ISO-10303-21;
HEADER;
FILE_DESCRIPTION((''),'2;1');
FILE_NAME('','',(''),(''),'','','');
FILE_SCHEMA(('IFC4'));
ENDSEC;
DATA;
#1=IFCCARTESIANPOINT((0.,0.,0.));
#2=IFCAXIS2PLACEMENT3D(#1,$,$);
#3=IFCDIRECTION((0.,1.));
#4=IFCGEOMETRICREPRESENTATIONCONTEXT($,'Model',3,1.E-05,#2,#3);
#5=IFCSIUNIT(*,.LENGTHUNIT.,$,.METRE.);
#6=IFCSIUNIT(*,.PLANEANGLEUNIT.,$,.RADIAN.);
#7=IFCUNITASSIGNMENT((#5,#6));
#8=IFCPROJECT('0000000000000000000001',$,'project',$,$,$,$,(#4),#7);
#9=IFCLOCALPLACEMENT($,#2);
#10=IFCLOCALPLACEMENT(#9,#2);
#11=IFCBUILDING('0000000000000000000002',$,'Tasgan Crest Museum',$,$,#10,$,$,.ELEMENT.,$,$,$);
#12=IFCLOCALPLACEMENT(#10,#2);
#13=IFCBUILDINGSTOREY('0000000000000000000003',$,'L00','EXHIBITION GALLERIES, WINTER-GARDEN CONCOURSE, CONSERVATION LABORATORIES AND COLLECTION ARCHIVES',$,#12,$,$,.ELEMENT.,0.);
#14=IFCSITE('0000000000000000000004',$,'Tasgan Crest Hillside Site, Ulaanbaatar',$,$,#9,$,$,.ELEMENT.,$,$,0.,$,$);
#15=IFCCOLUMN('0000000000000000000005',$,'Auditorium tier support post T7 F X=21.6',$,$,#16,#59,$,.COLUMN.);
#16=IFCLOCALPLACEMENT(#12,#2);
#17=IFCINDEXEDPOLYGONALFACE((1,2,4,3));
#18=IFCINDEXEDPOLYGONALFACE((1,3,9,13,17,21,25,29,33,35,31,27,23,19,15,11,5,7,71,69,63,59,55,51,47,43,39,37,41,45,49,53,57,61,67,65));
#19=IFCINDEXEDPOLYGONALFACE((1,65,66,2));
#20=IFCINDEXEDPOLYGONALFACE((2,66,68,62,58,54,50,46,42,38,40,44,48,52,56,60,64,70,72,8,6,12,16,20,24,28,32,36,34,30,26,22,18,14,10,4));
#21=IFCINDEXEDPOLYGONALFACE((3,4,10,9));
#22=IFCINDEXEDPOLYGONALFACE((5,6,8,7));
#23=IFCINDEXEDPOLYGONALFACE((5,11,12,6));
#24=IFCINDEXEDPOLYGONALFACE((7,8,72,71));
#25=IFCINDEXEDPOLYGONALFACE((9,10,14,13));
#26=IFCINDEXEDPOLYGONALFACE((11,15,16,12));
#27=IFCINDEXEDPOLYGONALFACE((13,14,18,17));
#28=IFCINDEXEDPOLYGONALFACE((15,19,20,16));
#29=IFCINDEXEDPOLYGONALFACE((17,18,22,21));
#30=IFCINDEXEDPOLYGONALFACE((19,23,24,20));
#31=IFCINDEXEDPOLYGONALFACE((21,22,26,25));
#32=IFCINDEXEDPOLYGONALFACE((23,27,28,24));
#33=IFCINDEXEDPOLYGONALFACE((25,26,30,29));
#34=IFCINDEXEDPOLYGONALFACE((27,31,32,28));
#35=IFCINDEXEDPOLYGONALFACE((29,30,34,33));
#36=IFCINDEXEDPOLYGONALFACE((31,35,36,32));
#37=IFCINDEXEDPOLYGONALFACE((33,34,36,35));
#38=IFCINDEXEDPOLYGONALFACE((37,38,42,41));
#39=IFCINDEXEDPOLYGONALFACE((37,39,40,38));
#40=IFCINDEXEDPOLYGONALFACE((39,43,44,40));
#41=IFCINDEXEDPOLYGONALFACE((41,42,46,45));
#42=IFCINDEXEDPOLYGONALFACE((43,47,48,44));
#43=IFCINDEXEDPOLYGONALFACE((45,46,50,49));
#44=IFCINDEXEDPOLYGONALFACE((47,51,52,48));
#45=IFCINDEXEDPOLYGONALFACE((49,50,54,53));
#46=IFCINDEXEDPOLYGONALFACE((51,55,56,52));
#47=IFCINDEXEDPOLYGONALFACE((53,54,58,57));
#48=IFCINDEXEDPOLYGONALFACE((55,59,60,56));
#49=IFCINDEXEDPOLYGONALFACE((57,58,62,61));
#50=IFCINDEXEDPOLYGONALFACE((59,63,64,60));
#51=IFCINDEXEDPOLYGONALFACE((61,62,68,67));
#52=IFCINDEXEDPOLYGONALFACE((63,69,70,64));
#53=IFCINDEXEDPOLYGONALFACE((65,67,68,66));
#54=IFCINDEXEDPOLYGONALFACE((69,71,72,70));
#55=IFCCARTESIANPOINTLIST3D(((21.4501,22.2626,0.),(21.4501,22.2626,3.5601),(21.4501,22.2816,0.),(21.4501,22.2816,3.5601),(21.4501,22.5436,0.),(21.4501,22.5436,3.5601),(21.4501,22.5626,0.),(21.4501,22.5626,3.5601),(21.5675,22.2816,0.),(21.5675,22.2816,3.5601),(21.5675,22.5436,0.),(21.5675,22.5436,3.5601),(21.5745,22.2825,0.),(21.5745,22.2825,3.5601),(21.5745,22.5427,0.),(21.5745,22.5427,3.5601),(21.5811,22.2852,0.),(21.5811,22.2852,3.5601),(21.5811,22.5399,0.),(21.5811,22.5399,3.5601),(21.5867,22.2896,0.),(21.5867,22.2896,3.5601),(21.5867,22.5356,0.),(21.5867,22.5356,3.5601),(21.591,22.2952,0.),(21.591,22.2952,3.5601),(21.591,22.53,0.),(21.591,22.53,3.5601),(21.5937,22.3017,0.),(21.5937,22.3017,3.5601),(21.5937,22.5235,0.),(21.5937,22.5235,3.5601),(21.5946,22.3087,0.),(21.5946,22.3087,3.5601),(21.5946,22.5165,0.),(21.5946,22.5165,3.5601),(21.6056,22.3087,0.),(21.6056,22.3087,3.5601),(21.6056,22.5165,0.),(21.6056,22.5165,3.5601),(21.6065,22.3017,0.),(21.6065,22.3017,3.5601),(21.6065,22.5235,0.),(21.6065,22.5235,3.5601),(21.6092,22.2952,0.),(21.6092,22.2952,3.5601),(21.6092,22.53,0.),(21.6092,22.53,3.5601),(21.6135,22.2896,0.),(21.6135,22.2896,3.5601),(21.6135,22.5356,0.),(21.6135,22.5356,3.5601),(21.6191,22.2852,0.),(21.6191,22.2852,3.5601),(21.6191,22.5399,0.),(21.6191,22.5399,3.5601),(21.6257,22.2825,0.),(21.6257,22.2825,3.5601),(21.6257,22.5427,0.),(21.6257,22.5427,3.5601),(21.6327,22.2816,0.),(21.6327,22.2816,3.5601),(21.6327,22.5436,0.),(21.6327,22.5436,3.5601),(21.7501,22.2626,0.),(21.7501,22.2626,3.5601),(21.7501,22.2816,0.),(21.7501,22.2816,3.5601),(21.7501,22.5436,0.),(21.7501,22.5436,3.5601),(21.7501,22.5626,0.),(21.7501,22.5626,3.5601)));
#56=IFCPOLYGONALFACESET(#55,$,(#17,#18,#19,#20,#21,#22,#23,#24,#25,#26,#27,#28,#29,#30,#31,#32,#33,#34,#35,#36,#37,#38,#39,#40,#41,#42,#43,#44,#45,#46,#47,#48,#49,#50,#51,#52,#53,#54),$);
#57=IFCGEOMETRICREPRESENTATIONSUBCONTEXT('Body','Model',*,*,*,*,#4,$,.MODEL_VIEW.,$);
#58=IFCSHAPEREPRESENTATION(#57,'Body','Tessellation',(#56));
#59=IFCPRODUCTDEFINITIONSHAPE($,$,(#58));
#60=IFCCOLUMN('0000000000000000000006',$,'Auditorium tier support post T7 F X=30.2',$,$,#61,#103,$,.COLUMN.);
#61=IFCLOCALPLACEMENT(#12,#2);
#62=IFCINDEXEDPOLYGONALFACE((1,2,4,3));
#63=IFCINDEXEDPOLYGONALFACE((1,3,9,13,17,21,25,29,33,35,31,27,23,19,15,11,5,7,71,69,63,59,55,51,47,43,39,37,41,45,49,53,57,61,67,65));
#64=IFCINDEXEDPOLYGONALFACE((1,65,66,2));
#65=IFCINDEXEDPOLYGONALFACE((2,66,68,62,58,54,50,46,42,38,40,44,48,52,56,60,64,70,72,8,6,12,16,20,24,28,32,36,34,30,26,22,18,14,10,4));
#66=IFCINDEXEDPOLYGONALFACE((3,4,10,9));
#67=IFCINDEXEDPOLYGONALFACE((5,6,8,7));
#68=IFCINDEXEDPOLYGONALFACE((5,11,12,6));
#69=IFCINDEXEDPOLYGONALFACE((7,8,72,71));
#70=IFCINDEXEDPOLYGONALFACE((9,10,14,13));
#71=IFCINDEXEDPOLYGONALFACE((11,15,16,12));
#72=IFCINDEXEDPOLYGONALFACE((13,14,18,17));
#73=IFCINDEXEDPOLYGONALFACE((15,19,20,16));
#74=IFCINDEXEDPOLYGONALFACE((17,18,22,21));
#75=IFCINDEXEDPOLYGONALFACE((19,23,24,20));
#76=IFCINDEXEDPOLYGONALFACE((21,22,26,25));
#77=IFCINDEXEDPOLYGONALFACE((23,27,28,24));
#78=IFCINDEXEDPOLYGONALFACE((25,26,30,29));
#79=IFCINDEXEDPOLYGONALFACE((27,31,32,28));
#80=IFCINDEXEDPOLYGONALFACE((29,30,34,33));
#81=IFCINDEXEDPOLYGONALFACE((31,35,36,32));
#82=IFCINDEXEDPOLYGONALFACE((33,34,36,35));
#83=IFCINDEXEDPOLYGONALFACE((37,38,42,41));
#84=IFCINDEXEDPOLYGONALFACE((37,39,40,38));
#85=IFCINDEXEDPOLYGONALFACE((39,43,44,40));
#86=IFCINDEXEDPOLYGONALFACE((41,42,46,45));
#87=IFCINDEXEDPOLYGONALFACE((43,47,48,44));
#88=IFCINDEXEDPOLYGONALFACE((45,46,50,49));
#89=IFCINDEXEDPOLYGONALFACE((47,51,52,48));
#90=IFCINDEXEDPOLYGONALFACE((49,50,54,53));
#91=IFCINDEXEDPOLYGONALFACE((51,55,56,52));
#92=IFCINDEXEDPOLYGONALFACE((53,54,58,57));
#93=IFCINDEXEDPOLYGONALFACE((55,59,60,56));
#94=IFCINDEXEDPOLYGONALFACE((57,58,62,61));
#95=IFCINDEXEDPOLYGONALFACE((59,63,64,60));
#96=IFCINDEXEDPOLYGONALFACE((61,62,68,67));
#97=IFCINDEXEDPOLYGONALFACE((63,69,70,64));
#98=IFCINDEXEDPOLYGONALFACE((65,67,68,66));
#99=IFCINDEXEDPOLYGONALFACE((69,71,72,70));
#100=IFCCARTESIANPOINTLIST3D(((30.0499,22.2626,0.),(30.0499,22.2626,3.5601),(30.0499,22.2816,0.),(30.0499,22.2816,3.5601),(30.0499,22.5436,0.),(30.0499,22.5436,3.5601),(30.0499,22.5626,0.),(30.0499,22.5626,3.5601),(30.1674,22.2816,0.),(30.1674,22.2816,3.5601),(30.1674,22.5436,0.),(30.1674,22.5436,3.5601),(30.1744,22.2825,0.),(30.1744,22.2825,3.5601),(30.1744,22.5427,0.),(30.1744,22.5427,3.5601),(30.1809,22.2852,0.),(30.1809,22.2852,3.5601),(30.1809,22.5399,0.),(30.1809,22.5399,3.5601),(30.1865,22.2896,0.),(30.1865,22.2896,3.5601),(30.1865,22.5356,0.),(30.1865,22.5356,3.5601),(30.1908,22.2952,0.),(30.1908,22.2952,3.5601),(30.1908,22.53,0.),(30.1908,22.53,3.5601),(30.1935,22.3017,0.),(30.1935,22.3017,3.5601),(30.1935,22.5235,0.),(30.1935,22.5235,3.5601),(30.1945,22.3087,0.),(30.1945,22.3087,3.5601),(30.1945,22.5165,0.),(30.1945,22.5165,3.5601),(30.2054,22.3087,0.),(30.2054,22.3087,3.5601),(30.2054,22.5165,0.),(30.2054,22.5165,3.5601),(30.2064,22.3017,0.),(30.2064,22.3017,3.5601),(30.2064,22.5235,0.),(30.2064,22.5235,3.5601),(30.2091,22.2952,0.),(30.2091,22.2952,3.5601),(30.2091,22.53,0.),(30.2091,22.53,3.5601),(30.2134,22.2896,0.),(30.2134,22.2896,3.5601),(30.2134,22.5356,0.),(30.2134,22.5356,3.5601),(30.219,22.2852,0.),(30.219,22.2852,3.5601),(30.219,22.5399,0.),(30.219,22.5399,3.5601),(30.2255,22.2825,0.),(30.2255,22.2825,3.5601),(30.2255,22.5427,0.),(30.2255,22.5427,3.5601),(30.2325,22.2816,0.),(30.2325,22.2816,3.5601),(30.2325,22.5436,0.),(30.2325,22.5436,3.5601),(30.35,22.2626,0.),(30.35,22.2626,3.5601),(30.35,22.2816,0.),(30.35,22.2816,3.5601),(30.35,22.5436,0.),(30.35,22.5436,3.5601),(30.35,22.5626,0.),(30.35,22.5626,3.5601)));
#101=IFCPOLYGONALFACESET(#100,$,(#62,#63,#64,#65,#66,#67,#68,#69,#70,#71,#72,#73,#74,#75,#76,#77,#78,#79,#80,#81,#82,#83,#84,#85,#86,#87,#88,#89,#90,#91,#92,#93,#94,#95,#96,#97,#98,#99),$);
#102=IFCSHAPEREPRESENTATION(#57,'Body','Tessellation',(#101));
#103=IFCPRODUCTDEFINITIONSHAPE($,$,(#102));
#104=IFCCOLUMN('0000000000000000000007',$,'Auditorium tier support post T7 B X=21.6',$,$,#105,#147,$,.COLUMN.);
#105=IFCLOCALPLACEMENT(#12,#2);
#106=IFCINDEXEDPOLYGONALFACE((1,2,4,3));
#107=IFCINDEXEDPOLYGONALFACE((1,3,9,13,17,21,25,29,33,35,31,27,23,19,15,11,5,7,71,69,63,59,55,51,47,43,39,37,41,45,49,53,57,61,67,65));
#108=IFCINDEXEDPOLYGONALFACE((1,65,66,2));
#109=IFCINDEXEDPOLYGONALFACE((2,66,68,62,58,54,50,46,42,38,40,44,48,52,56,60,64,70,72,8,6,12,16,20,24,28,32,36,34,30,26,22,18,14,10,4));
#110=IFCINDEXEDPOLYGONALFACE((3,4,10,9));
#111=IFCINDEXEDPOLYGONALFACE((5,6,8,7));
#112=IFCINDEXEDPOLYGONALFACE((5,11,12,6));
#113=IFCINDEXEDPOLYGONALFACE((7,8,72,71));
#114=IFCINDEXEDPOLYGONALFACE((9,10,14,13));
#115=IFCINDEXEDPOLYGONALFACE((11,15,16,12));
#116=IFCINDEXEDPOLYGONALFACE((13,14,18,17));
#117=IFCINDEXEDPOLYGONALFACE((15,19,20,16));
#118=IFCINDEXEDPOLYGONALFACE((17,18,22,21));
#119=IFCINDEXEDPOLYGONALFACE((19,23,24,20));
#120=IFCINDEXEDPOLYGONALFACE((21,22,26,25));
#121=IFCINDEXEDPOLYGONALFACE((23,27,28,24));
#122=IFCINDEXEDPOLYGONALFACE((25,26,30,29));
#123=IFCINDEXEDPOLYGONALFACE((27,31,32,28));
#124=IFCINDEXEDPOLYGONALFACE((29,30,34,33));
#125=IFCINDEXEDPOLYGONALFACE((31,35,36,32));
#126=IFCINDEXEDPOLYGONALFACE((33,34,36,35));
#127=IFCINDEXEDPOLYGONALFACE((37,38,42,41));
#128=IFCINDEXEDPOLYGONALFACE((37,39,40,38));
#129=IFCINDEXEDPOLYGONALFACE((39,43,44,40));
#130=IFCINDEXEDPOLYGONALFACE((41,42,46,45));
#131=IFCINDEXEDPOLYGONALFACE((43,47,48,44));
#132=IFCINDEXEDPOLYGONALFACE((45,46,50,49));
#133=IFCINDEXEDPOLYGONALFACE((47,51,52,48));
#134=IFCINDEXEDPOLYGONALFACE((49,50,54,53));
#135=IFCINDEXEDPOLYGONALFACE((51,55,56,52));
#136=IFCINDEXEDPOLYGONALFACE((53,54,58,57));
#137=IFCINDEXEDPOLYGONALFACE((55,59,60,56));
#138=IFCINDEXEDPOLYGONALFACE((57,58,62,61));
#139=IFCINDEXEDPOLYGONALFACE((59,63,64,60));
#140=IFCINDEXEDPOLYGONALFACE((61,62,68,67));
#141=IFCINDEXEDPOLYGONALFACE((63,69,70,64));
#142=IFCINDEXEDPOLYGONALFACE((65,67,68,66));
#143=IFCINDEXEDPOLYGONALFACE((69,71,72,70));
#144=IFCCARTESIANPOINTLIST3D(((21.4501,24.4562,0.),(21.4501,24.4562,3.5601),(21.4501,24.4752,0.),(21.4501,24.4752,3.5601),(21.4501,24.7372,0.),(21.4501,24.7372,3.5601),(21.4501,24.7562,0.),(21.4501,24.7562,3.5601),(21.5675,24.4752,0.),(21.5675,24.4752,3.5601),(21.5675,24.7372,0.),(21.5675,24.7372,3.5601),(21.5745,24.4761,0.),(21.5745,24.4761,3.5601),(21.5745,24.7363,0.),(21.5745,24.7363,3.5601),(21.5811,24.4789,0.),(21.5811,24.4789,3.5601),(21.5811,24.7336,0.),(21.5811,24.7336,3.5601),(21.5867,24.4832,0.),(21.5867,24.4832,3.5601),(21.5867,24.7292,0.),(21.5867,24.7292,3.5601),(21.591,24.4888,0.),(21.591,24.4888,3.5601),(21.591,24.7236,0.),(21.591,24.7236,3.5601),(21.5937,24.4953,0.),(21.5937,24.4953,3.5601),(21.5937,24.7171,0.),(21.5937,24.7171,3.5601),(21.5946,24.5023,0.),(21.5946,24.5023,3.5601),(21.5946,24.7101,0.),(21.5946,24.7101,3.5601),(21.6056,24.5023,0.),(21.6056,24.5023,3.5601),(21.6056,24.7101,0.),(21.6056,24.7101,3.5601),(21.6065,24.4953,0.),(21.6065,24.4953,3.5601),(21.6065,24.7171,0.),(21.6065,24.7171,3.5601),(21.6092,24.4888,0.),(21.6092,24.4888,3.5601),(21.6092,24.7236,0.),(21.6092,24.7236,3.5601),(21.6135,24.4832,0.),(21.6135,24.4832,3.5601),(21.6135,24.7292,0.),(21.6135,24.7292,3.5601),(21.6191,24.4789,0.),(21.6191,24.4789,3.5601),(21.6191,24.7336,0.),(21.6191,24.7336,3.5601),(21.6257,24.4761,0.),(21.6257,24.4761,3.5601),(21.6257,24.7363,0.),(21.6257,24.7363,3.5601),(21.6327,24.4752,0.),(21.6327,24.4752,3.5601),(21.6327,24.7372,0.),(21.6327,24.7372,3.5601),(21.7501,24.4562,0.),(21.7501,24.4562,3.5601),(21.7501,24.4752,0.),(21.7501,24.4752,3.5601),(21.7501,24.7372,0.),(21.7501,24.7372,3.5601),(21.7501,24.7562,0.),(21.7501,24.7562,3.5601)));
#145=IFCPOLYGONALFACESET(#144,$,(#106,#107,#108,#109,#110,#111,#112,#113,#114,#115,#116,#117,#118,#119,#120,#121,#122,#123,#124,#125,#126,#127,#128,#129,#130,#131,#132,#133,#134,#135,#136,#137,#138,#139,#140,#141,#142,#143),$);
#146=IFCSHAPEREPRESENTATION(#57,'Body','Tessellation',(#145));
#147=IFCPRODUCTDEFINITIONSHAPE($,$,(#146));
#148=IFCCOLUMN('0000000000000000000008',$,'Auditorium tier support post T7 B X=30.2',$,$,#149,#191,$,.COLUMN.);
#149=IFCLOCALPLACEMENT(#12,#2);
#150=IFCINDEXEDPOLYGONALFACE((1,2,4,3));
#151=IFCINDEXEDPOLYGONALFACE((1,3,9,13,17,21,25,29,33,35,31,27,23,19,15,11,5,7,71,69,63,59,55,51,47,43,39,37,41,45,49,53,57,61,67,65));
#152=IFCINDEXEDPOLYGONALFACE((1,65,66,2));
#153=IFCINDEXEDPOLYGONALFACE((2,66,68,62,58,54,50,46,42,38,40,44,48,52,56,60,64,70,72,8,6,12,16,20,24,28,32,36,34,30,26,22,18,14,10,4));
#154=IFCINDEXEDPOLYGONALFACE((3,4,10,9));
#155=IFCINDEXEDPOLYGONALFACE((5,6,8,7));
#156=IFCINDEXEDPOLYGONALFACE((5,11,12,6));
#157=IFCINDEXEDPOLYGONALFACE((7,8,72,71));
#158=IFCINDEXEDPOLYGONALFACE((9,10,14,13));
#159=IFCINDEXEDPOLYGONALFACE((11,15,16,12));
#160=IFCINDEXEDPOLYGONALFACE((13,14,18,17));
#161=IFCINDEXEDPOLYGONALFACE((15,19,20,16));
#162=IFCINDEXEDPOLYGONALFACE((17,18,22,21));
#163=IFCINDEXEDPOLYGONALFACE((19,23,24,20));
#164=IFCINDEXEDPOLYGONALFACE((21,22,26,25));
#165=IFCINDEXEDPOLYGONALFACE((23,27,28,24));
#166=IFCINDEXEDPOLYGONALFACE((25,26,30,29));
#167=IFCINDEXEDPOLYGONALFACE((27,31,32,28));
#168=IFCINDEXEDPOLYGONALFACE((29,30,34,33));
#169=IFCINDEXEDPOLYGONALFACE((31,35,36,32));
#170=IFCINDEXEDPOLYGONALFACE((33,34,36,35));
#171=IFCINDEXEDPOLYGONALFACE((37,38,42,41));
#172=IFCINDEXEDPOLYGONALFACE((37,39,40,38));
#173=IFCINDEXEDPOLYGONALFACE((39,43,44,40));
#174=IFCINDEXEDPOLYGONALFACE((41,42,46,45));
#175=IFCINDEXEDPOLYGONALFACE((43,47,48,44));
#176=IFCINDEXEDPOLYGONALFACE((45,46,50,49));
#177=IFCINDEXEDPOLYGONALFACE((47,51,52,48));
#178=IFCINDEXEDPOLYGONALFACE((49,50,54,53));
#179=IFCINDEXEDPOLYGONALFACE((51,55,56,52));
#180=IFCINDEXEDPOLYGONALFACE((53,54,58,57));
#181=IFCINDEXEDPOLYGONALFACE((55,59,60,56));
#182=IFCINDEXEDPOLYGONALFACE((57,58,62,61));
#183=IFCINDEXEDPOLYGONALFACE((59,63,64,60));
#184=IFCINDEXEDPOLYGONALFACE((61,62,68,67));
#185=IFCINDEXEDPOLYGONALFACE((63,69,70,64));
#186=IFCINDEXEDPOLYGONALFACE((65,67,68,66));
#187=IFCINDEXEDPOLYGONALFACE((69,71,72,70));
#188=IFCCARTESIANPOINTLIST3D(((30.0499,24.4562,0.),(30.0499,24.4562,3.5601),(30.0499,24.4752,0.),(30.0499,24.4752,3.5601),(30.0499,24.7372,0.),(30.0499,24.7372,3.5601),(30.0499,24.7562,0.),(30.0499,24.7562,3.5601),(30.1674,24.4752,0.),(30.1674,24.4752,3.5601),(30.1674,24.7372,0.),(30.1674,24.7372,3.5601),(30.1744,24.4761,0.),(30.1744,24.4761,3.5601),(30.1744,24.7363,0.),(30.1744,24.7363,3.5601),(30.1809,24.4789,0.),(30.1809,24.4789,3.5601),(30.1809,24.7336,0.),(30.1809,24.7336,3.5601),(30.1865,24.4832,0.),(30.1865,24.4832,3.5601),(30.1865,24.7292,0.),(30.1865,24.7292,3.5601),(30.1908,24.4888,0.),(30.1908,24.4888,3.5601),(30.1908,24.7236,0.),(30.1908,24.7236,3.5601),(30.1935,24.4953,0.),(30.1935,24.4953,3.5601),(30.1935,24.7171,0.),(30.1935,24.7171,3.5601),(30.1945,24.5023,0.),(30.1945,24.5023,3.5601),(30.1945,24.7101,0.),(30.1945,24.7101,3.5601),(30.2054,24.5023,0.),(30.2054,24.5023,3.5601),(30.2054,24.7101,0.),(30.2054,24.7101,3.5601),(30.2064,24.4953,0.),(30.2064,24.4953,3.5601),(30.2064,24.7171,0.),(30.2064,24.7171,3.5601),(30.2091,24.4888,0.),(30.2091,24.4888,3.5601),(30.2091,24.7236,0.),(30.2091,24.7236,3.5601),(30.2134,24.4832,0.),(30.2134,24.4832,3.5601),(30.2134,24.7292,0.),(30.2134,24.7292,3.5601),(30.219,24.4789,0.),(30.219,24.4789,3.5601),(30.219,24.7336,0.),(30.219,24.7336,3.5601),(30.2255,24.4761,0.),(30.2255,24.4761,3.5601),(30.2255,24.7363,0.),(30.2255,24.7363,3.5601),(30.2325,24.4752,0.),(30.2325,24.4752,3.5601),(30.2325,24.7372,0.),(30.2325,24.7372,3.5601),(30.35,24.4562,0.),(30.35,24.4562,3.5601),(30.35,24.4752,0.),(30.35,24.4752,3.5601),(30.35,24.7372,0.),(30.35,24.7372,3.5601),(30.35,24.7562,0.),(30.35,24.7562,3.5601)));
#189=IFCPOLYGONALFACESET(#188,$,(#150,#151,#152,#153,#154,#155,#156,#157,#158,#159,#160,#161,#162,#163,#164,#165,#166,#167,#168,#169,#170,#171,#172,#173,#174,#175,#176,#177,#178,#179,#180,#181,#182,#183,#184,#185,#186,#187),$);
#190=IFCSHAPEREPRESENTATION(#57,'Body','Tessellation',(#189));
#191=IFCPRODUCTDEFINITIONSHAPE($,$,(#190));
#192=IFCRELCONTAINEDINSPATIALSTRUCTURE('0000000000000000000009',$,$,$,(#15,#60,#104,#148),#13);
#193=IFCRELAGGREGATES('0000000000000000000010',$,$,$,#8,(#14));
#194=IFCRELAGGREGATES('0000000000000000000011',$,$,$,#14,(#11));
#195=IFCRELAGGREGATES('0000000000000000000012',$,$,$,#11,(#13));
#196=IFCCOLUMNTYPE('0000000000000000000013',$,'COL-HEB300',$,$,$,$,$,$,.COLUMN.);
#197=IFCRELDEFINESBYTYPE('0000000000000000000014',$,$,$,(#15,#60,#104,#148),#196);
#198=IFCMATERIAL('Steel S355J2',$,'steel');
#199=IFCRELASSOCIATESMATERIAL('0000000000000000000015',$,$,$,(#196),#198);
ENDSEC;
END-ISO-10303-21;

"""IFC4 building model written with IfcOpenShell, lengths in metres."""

from ifc_helpers import new_model, si_unit, direction, frame, origin, origin_2d, place, context, subcontext, project, spatial, i_section, extrude, material, material_profile, profile_set, type_object, element, save


model = new_model("IFC4")

# Units and contexts
model_context = context("Model", 3, precision=1e-05, world=origin(), true_north=direction((0.0, 1.0)))
body_context = subcontext(model_context, "Body", "Model", "MODEL_VIEW")
ifc_project = project(units=[si_unit("LENGTHUNIT", "METRE"), si_unit("PLANEANGLEUNIT", "RADIAN")], contexts=[model_context])

# Site, building, storey
site_placement = place(None, origin())
site = spatial("IfcSite", under=ifc_project, at=site_placement, Name="Tasgan Crest Hillside Site, Ulaanbaatar", CompositionType="ELEMENT", RefElevation=0.0)
building_placement = place(site_placement, origin())
building = spatial("IfcBuilding", under=site, at=building_placement, Name="Tasgan Crest Museum", CompositionType="ELEMENT")
storey_placement = place(building_placement, origin())
storey = spatial("IfcBuildingStorey", under=building, at=storey_placement, Name="L00", Description="EXHIBITION GALLERIES, WINTER-GARDEN CONCOURSE, CONSERVATION LABORATORIES AND COLLECTION ARCHIVES", CompositionType="ELEMENT", Elevation=0.0)

# Columns
ifc_material_1 = material(Name="Steel S355J2", Category="steel")
ifc_material_profile_1 = material_profile(ifc_material_1, i_section(OverallWidth=0.3, OverallDepth=0.3, WebThickness=0.011, FlangeThickness=0.019, FilletRadius=0.0271, at=origin_2d()), Name="HEB 300")
ifc_profile_set_1 = profile_set([ifc_material_profile_1], Name="Steel S355J2")
column_type = type_object("IfcColumnType", Name="COL-HEB300", PredefinedType="COLUMN", material=ifc_profile_set_1)
for number, where, z_axis, x_axis, name in (
    (1, (21.6001, 22.4126, 0.0), (0.0, 0.0, 1.0), (1.0, 0.0, 0.0), "Auditorium tier support post T7 F X=21.6"),
    (2, (30.2, 22.4126, 0.0), (0.0, 0.0, 1.0), (1.0, 0.0, 0.0), "Auditorium tier support post T7 F X=30.2"),
    (3, (21.6001, 24.6062, 0.0), (0.0, 0.0, 1.0), (1.0, 0.0, 0.0), "Auditorium tier support post T7 B X=21.6"),
    (4, (30.2, 24.6062, 0.0), (0.0, 0.0, 1.0), (1.0, 0.0, 0.0), "Auditorium tier support post T7 B X=30.2"),
):
    element("IfcColumn", number, at=place(storey_placement, frame(where, z_axis=z_axis, x_axis=x_axis)), inside=storey, type_object=column_type, Name=name, PredefinedType="COLUMN", context=body_context, shape_type="SweptSolid", body=[
        extrude(i_section(OverallWidth=0.3, OverallDepth=0.3, WebThickness=0.011, FlangeThickness=0.019, FilletRadius=0.0271, at=origin_2d()), origin(), (0.0, 0.0, 1.0), 3.5601),
    ])

save(model, "model.ifc")
